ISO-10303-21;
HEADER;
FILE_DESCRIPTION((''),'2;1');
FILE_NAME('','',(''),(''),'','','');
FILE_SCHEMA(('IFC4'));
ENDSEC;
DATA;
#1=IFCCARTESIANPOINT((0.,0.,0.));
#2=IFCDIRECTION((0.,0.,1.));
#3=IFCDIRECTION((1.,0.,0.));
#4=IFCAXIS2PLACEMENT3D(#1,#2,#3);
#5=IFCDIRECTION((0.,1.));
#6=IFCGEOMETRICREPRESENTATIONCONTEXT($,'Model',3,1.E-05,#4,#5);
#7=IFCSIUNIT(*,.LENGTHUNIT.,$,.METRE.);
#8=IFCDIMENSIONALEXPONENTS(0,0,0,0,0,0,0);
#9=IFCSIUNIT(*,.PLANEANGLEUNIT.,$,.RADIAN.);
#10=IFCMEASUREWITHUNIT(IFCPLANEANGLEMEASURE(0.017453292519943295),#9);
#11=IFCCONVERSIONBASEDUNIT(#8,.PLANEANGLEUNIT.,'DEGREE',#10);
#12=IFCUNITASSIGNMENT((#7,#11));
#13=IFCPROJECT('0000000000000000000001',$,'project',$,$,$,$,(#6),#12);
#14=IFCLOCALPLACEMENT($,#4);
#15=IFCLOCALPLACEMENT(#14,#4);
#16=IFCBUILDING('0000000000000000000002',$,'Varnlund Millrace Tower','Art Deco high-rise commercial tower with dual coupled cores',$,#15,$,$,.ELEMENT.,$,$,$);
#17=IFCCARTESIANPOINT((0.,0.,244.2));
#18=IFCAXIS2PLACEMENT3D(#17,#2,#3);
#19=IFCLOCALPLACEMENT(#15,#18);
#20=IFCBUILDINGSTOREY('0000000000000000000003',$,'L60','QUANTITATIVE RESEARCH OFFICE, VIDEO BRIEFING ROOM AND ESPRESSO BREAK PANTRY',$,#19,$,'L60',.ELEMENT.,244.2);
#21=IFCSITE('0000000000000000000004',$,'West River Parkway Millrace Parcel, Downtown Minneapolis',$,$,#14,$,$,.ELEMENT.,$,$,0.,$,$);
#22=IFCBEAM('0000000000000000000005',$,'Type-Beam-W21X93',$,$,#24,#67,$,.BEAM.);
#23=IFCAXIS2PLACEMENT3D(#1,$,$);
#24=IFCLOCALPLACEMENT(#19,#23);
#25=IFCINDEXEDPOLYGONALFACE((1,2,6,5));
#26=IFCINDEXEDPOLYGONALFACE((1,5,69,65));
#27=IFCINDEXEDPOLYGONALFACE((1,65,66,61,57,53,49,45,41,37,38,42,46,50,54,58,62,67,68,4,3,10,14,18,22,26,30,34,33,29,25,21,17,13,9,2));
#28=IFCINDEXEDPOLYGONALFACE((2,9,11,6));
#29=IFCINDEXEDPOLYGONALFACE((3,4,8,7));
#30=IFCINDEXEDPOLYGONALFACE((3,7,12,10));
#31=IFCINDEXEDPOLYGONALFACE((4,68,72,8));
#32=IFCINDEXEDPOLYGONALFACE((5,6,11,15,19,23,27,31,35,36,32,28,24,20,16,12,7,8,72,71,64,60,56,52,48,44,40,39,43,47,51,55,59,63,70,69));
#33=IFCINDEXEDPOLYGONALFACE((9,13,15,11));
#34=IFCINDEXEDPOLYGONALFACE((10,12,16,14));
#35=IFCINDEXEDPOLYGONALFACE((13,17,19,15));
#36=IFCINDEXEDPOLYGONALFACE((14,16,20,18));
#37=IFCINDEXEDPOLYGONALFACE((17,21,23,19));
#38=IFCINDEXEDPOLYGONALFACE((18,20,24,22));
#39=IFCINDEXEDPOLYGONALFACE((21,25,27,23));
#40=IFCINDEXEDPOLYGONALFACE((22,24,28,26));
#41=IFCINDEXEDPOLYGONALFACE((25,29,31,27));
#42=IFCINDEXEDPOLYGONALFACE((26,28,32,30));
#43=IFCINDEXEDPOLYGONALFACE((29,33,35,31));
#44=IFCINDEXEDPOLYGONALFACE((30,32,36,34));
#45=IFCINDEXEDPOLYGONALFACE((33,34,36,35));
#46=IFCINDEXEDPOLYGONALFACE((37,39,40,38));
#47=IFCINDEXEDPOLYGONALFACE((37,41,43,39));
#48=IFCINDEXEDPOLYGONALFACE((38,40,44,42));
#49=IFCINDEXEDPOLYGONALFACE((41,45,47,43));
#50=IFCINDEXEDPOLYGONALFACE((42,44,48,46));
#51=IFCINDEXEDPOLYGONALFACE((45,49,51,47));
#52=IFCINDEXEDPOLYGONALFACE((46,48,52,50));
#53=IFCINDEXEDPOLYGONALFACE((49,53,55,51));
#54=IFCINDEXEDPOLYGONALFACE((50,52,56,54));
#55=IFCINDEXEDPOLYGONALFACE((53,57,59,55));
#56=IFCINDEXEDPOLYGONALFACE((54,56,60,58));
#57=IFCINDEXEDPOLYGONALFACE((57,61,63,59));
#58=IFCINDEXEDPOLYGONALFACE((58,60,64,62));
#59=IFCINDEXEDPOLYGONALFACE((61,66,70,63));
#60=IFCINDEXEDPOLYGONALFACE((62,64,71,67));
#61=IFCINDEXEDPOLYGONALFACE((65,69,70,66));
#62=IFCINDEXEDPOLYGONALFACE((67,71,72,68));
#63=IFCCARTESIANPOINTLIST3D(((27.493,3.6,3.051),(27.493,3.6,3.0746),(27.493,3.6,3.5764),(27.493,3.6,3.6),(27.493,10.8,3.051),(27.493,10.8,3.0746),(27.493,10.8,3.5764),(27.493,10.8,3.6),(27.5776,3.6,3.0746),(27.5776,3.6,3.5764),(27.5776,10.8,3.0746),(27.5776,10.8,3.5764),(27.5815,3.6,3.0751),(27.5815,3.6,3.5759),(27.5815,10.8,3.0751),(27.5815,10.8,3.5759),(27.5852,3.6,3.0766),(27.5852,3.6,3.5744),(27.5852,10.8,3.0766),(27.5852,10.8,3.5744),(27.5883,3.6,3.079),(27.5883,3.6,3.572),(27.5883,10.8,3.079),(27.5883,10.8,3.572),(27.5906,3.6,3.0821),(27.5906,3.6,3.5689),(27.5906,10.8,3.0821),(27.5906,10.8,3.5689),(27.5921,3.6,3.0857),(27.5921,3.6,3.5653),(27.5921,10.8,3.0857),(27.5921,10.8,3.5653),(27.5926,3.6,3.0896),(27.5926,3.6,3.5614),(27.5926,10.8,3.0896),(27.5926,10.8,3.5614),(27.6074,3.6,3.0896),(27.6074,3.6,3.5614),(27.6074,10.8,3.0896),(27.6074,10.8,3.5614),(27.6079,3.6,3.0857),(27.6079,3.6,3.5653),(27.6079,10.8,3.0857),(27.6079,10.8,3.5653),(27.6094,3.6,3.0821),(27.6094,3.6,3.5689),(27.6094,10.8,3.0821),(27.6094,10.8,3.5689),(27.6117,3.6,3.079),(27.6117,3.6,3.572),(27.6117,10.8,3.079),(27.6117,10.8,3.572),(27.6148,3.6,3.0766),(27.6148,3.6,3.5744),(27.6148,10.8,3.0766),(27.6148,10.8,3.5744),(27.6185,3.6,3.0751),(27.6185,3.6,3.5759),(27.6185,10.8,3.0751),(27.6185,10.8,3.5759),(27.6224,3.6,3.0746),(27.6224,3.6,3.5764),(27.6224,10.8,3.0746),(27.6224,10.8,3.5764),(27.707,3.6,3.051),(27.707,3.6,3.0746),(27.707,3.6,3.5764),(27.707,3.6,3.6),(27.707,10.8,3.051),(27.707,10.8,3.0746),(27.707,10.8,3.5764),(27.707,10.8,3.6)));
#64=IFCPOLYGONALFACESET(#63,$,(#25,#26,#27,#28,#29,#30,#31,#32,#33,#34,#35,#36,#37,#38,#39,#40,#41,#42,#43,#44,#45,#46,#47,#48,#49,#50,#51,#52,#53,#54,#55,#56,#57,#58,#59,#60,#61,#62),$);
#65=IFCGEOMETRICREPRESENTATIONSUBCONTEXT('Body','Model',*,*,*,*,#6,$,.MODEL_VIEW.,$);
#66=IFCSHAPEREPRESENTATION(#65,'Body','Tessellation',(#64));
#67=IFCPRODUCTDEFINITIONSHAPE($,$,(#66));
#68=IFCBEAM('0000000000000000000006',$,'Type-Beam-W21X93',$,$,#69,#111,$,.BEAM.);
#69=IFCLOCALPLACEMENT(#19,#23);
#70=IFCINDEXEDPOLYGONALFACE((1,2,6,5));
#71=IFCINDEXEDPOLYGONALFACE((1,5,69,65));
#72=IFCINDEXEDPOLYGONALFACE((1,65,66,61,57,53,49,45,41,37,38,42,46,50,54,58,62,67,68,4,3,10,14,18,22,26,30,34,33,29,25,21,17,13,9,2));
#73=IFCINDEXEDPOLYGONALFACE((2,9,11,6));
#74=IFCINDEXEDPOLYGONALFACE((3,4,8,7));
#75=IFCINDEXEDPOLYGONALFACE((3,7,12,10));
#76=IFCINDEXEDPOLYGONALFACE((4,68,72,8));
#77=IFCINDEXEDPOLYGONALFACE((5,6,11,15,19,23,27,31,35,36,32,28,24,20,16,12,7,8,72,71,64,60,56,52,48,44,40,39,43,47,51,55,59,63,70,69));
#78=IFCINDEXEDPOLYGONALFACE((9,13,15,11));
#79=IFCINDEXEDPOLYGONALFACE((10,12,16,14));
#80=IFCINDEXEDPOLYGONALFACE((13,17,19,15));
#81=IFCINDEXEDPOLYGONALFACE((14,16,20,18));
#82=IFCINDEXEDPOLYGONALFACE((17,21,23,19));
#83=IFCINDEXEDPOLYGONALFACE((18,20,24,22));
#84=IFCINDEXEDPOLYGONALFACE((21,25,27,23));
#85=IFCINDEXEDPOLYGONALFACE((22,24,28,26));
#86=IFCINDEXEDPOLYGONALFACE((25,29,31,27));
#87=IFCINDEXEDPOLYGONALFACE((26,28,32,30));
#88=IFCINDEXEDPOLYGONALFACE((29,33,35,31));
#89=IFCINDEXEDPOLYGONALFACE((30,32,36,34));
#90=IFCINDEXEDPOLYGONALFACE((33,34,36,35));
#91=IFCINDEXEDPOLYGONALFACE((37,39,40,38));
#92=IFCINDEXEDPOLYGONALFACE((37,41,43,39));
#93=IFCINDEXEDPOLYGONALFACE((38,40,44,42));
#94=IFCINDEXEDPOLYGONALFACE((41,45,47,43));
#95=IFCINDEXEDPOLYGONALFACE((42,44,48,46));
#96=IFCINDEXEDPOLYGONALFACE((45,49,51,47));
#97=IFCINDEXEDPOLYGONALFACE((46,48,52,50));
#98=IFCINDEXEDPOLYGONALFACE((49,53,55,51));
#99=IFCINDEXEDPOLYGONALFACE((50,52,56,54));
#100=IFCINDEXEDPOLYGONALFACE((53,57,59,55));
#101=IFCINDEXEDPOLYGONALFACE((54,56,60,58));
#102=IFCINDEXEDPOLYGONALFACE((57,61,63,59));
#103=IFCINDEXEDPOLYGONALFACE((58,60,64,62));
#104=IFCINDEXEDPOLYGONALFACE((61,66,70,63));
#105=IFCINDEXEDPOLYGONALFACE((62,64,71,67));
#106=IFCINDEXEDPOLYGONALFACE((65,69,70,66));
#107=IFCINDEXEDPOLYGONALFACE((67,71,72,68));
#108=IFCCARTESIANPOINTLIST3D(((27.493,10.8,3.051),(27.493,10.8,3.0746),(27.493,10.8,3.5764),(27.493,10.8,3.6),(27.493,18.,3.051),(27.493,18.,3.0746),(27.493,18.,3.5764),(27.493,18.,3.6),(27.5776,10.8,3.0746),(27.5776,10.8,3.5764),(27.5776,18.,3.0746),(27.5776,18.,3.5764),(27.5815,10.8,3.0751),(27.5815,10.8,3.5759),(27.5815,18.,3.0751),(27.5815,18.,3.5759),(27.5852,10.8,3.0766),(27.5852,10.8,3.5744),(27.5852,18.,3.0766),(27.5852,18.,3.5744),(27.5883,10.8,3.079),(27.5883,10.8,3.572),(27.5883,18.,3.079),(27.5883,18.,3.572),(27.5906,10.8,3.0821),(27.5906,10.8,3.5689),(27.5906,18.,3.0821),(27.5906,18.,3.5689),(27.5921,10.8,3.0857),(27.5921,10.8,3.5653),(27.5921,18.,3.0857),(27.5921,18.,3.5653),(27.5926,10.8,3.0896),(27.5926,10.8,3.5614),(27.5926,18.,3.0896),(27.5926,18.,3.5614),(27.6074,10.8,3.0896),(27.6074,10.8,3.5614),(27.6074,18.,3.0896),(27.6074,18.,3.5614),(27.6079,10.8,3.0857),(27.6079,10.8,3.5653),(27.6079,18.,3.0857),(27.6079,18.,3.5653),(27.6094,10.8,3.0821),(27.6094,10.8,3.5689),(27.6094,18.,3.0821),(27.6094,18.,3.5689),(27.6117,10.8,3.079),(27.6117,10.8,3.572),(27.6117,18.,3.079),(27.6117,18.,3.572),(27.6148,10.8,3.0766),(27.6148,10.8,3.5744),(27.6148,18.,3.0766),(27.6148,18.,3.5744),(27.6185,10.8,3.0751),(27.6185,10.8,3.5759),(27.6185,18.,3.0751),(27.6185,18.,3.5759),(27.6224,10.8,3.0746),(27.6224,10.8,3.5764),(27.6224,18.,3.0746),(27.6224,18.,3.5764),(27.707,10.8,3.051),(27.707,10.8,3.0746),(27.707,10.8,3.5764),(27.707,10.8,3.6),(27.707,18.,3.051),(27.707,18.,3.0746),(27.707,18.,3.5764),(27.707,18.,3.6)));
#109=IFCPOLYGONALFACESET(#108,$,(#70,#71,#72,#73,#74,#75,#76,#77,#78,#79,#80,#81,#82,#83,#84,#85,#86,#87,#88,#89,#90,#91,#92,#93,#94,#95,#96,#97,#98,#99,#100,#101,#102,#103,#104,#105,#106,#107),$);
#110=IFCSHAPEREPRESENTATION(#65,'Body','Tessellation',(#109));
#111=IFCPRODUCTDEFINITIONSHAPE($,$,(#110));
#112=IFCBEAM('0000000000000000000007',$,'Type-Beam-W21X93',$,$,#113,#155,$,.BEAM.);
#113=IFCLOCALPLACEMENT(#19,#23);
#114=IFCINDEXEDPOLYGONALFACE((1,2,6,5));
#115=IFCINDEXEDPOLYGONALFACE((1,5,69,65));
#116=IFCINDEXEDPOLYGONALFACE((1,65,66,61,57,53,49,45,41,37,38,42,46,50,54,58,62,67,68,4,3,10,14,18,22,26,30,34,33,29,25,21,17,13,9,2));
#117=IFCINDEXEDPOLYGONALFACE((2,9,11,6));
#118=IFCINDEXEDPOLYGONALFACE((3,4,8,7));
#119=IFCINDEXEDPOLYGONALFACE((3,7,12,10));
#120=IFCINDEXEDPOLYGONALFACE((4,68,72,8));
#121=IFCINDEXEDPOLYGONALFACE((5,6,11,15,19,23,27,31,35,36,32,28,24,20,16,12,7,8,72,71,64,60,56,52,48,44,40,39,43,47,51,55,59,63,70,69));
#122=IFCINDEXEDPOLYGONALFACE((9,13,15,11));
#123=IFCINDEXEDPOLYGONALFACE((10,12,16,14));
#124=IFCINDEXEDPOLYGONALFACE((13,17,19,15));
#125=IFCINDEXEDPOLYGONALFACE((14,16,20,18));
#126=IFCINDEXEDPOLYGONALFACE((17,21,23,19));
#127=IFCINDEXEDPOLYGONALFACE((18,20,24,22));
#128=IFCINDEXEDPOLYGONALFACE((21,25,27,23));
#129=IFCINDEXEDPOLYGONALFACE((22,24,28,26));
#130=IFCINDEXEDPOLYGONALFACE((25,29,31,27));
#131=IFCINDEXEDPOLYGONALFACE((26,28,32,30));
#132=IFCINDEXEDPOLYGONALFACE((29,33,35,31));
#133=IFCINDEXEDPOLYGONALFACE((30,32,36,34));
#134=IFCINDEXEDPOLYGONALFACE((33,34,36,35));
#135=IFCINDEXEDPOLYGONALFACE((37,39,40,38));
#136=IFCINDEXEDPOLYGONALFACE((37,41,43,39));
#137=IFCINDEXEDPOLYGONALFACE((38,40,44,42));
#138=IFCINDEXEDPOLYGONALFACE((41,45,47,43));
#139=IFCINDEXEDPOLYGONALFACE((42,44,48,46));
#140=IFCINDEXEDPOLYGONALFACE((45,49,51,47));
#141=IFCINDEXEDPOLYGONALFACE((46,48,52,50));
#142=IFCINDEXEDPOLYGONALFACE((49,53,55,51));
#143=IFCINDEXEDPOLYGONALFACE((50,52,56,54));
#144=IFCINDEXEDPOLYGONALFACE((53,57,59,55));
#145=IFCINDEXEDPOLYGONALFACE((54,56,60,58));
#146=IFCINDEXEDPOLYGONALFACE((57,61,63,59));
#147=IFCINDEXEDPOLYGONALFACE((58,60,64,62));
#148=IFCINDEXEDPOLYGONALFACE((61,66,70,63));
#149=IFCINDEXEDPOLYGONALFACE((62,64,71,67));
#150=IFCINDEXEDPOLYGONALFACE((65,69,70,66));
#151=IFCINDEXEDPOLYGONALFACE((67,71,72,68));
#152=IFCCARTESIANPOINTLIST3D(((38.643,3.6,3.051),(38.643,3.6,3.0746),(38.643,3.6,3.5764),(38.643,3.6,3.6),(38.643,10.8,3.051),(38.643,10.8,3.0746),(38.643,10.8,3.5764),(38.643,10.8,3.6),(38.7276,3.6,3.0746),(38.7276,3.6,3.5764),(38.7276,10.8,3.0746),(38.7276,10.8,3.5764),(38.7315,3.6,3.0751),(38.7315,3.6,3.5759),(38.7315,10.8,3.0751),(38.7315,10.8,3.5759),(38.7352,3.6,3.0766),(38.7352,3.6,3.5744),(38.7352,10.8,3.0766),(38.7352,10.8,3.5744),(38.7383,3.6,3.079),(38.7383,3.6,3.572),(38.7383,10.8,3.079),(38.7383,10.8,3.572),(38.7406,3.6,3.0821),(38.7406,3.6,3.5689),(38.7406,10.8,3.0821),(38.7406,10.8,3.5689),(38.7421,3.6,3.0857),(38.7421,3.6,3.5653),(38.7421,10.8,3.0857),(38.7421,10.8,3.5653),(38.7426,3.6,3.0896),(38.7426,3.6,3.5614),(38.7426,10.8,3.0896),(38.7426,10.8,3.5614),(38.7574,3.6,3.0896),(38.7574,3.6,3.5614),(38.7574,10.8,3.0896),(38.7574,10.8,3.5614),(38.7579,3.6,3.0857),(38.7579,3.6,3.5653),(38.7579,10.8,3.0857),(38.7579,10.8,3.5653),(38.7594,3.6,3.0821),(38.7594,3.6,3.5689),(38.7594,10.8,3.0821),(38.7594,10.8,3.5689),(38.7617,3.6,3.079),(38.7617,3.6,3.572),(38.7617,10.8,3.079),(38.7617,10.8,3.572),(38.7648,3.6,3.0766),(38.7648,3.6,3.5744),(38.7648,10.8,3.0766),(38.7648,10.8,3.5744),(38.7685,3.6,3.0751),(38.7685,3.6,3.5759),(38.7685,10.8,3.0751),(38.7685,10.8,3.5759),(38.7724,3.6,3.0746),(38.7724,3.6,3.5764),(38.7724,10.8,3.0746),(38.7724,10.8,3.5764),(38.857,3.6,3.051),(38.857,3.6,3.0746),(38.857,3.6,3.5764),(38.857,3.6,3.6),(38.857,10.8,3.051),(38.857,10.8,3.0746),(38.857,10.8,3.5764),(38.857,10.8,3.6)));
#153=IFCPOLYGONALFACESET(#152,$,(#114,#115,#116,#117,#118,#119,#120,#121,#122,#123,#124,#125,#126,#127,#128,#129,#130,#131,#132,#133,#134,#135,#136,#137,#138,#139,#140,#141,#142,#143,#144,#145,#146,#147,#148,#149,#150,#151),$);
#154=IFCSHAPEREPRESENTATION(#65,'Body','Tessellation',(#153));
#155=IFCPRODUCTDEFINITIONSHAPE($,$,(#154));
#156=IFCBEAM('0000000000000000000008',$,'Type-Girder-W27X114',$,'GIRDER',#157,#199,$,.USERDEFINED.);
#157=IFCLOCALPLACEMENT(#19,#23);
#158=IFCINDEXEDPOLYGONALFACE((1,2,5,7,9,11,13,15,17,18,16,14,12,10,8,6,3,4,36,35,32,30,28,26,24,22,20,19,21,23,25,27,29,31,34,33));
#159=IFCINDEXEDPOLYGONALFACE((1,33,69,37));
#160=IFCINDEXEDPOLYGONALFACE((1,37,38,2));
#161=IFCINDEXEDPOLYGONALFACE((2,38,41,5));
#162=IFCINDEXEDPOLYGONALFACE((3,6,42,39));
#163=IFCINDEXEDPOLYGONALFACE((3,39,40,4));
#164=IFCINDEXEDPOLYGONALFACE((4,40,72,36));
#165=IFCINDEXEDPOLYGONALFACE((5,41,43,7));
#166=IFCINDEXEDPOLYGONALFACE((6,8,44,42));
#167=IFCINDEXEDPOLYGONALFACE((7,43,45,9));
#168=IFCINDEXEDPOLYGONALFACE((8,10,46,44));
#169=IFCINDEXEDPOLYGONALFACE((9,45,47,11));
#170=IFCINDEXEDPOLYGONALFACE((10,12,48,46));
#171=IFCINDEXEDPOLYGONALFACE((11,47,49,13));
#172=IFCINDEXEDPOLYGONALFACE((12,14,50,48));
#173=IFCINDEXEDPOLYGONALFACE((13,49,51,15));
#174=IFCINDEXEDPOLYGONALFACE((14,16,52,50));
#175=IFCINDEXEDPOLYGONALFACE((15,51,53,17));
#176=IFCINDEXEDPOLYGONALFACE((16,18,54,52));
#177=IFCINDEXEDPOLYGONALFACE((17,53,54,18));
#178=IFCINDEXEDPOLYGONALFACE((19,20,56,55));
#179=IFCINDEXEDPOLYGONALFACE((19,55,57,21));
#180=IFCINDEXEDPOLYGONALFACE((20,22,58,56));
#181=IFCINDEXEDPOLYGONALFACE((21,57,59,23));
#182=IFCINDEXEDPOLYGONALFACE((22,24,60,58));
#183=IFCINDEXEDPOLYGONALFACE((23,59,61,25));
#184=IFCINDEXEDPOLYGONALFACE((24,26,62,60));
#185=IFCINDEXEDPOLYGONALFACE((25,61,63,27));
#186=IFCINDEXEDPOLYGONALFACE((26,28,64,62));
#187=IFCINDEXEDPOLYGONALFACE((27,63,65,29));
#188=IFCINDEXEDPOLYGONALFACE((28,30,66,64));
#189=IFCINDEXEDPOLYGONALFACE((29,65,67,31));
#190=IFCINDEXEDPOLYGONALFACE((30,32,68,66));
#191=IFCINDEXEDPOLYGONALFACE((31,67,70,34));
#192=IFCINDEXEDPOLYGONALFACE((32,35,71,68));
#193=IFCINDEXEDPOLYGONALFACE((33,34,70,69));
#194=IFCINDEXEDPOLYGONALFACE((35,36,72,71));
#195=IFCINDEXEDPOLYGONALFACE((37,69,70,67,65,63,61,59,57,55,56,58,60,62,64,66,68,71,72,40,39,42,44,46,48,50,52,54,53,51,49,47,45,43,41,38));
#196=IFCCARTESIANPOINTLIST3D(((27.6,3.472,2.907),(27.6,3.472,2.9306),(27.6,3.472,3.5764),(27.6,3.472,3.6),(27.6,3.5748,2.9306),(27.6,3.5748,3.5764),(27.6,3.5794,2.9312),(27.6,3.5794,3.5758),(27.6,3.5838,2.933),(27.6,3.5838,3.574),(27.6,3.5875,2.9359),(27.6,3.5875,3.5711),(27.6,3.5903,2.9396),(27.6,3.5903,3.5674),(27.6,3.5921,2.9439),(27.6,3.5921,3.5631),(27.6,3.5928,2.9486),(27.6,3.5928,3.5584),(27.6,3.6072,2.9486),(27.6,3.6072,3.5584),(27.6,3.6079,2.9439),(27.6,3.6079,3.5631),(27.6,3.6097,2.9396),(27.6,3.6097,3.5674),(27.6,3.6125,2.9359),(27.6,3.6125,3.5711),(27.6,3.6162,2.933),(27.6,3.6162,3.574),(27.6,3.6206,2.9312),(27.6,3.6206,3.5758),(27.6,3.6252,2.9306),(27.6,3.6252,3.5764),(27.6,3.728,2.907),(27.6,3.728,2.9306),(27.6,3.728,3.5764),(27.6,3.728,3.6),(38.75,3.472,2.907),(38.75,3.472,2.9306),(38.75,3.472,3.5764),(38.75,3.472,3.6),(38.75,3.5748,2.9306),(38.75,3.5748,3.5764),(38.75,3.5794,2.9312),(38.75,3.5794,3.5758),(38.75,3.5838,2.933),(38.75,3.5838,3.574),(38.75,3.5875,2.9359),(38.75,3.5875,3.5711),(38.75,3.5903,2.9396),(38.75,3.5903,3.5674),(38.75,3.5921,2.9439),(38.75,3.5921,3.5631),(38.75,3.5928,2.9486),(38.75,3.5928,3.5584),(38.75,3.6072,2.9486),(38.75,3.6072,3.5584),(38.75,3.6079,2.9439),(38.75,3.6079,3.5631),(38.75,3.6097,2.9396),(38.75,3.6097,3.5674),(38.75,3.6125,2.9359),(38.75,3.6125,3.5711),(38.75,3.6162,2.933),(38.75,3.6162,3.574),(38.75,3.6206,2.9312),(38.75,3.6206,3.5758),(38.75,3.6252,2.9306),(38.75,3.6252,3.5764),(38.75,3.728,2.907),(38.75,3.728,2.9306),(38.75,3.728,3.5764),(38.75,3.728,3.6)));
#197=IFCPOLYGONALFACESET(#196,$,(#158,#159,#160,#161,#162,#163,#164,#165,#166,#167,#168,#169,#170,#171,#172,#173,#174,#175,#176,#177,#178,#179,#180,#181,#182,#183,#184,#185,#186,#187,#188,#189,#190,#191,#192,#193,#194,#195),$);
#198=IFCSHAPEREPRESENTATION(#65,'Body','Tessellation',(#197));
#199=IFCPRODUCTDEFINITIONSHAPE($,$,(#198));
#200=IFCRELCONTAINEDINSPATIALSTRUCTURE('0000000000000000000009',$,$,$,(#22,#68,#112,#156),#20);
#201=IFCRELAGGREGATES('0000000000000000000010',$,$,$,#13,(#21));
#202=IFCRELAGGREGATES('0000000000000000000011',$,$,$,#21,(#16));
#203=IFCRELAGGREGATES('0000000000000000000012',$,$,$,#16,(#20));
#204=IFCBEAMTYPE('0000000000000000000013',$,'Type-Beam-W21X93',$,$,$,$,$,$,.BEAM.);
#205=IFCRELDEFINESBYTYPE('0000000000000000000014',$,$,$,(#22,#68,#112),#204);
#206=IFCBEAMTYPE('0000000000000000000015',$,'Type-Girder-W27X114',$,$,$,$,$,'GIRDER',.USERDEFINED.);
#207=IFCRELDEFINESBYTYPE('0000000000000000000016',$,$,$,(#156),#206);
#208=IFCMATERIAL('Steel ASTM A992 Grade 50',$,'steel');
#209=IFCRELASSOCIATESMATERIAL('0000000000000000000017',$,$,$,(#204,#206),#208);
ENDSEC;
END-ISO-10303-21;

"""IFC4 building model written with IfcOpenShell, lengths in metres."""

from ifc_helpers import new_model, entity, si_unit, converted_unit, direction, frame, origin_with_axes, origin_2d_with_axis, place, context, subcontext, project, spatial, i_section, extrude, material, material_profile, profile_set, type_object, element, save


model = new_model("IFC4")

# Units and contexts
model_context = context("Model", 3, precision=1e-05, world=origin_with_axes(), true_north=direction((0.0, 1.0)))
body_context = subcontext(model_context, "Body", "Model", "MODEL_VIEW")
ifc_project = project(units=[si_unit("LENGTHUNIT", "METRE"), converted_unit("PLANEANGLEUNIT", "DEGREE", entity("IfcPlaneAngleMeasure", 0.017453292519943295), si_unit("PLANEANGLEUNIT", "RADIAN"), dimensions=[0, 0, 0, 0, 0, 0, 0])], contexts=[model_context])

# Site, building, storey
site_placement = place(None, origin_with_axes())
site = spatial("IfcSite", under=ifc_project, at=site_placement, Name="West River Parkway Millrace Parcel, Downtown Minneapolis", CompositionType="ELEMENT", RefElevation=0.0)
building_placement = place(site_placement, origin_with_axes())
building = spatial("IfcBuilding", under=site, at=building_placement, Name="Varnlund Millrace Tower", Description="Art Deco high-rise commercial tower with dual coupled cores", CompositionType="ELEMENT")
storey_placement = place(building_placement, frame((0.0, 0.0, 244.2), z_axis=(0.0, 0.0, 1.0), x_axis=(1.0, 0.0, 0.0)))
storey = spatial("IfcBuildingStorey", under=building, at=storey_placement, Name="L60", Description="QUANTITATIVE RESEARCH OFFICE, VIDEO BRIEFING ROOM AND ESPRESSO BREAK PANTRY", LongName="L60", CompositionType="ELEMENT", Elevation=244.2)

# Beams
ifc_material_1 = material(Name="Steel ASTM A992 Grade 50", Category="steel")
ifc_material_profile_1 = material_profile(ifc_material_1, i_section(OverallWidth=0.214, OverallDepth=0.549, WebThickness=0.0147, FlangeThickness=0.0236, FilletRadius=0.015, at=origin_2d_with_axis()), Name="Steel ASTM A992 Grade 50")
ifc_profile_set_1 = profile_set([ifc_material_profile_1], Name="Steel ASTM A992 Grade 50")
beam_type_1 = type_object("IfcBeamType", Name="Type-Beam-W21X93", PredefinedType="BEAM", material=ifc_profile_set_1)
for number, where, z_axis, x_axis, name in (
    (1, (27.6, 3.6, 3.3255), (0.0, 1.0, 0.0), (-1.0, 0.0, 0.0), "Type-Beam-W21X93"),
    (2, (27.6, 10.8, 3.3255), (0.0, 1.0, 0.0), (-1.0, 0.0, 0.0), "Type-Beam-W21X93"),
    (3, (38.75, 3.6, 3.3255), (0.0, 1.0, 0.0), (-1.0, 0.0, 0.0), "Type-Beam-W21X93"),
):
    element("IfcBeam", number, at=place(storey_placement, frame(where, z_axis=z_axis, x_axis=x_axis)), inside=storey, type_object=beam_type_1, Name=name, PredefinedType="BEAM", context=body_context, shape_type="SweptSolid", body=[
        extrude(i_section(OverallWidth=0.214, OverallDepth=0.549, WebThickness=0.0147, FlangeThickness=0.0236, FilletRadius=0.015, at=origin_2d_with_axis()), origin_with_axes(), (0.0, 0.0, 1.0), 7.2),
    ])
ifc_material_profile_2 = material_profile(ifc_material_1, i_section(OverallWidth=0.256, OverallDepth=0.693, WebThickness=0.0145, FlangeThickness=0.0236, FilletRadius=0.018, at=origin_2d_with_axis()), Name="Steel ASTM A992 Grade 50")
ifc_profile_set_2 = profile_set([ifc_material_profile_2], Name="Steel ASTM A992 Grade 50")
beam_type_2 = type_object("IfcBeamType", Name="Type-Girder-W27X114", ElementType="GIRDER", PredefinedType="USERDEFINED", material=ifc_profile_set_2)
beam_1_placement = place(storey_placement, frame((27.6, 3.6, 3.2535), z_axis=(1.0, 0.0, 0.0), x_axis=(0.0, 1.0, 0.0)))
element("IfcBeam", 4, at=beam_1_placement, inside=storey, type_object=beam_type_2, Name="Type-Girder-W27X114", ObjectType="GIRDER", PredefinedType="USERDEFINED", context=body_context, shape_type="SweptSolid", body=[
    extrude(i_section(OverallWidth=0.256, OverallDepth=0.693, WebThickness=0.0145, FlangeThickness=0.0236, FilletRadius=0.018, at=origin_2d_with_axis()), origin_with_axes(), (0.0, 0.0, 1.0), 11.15),
])

save(model, "model.ifc")
